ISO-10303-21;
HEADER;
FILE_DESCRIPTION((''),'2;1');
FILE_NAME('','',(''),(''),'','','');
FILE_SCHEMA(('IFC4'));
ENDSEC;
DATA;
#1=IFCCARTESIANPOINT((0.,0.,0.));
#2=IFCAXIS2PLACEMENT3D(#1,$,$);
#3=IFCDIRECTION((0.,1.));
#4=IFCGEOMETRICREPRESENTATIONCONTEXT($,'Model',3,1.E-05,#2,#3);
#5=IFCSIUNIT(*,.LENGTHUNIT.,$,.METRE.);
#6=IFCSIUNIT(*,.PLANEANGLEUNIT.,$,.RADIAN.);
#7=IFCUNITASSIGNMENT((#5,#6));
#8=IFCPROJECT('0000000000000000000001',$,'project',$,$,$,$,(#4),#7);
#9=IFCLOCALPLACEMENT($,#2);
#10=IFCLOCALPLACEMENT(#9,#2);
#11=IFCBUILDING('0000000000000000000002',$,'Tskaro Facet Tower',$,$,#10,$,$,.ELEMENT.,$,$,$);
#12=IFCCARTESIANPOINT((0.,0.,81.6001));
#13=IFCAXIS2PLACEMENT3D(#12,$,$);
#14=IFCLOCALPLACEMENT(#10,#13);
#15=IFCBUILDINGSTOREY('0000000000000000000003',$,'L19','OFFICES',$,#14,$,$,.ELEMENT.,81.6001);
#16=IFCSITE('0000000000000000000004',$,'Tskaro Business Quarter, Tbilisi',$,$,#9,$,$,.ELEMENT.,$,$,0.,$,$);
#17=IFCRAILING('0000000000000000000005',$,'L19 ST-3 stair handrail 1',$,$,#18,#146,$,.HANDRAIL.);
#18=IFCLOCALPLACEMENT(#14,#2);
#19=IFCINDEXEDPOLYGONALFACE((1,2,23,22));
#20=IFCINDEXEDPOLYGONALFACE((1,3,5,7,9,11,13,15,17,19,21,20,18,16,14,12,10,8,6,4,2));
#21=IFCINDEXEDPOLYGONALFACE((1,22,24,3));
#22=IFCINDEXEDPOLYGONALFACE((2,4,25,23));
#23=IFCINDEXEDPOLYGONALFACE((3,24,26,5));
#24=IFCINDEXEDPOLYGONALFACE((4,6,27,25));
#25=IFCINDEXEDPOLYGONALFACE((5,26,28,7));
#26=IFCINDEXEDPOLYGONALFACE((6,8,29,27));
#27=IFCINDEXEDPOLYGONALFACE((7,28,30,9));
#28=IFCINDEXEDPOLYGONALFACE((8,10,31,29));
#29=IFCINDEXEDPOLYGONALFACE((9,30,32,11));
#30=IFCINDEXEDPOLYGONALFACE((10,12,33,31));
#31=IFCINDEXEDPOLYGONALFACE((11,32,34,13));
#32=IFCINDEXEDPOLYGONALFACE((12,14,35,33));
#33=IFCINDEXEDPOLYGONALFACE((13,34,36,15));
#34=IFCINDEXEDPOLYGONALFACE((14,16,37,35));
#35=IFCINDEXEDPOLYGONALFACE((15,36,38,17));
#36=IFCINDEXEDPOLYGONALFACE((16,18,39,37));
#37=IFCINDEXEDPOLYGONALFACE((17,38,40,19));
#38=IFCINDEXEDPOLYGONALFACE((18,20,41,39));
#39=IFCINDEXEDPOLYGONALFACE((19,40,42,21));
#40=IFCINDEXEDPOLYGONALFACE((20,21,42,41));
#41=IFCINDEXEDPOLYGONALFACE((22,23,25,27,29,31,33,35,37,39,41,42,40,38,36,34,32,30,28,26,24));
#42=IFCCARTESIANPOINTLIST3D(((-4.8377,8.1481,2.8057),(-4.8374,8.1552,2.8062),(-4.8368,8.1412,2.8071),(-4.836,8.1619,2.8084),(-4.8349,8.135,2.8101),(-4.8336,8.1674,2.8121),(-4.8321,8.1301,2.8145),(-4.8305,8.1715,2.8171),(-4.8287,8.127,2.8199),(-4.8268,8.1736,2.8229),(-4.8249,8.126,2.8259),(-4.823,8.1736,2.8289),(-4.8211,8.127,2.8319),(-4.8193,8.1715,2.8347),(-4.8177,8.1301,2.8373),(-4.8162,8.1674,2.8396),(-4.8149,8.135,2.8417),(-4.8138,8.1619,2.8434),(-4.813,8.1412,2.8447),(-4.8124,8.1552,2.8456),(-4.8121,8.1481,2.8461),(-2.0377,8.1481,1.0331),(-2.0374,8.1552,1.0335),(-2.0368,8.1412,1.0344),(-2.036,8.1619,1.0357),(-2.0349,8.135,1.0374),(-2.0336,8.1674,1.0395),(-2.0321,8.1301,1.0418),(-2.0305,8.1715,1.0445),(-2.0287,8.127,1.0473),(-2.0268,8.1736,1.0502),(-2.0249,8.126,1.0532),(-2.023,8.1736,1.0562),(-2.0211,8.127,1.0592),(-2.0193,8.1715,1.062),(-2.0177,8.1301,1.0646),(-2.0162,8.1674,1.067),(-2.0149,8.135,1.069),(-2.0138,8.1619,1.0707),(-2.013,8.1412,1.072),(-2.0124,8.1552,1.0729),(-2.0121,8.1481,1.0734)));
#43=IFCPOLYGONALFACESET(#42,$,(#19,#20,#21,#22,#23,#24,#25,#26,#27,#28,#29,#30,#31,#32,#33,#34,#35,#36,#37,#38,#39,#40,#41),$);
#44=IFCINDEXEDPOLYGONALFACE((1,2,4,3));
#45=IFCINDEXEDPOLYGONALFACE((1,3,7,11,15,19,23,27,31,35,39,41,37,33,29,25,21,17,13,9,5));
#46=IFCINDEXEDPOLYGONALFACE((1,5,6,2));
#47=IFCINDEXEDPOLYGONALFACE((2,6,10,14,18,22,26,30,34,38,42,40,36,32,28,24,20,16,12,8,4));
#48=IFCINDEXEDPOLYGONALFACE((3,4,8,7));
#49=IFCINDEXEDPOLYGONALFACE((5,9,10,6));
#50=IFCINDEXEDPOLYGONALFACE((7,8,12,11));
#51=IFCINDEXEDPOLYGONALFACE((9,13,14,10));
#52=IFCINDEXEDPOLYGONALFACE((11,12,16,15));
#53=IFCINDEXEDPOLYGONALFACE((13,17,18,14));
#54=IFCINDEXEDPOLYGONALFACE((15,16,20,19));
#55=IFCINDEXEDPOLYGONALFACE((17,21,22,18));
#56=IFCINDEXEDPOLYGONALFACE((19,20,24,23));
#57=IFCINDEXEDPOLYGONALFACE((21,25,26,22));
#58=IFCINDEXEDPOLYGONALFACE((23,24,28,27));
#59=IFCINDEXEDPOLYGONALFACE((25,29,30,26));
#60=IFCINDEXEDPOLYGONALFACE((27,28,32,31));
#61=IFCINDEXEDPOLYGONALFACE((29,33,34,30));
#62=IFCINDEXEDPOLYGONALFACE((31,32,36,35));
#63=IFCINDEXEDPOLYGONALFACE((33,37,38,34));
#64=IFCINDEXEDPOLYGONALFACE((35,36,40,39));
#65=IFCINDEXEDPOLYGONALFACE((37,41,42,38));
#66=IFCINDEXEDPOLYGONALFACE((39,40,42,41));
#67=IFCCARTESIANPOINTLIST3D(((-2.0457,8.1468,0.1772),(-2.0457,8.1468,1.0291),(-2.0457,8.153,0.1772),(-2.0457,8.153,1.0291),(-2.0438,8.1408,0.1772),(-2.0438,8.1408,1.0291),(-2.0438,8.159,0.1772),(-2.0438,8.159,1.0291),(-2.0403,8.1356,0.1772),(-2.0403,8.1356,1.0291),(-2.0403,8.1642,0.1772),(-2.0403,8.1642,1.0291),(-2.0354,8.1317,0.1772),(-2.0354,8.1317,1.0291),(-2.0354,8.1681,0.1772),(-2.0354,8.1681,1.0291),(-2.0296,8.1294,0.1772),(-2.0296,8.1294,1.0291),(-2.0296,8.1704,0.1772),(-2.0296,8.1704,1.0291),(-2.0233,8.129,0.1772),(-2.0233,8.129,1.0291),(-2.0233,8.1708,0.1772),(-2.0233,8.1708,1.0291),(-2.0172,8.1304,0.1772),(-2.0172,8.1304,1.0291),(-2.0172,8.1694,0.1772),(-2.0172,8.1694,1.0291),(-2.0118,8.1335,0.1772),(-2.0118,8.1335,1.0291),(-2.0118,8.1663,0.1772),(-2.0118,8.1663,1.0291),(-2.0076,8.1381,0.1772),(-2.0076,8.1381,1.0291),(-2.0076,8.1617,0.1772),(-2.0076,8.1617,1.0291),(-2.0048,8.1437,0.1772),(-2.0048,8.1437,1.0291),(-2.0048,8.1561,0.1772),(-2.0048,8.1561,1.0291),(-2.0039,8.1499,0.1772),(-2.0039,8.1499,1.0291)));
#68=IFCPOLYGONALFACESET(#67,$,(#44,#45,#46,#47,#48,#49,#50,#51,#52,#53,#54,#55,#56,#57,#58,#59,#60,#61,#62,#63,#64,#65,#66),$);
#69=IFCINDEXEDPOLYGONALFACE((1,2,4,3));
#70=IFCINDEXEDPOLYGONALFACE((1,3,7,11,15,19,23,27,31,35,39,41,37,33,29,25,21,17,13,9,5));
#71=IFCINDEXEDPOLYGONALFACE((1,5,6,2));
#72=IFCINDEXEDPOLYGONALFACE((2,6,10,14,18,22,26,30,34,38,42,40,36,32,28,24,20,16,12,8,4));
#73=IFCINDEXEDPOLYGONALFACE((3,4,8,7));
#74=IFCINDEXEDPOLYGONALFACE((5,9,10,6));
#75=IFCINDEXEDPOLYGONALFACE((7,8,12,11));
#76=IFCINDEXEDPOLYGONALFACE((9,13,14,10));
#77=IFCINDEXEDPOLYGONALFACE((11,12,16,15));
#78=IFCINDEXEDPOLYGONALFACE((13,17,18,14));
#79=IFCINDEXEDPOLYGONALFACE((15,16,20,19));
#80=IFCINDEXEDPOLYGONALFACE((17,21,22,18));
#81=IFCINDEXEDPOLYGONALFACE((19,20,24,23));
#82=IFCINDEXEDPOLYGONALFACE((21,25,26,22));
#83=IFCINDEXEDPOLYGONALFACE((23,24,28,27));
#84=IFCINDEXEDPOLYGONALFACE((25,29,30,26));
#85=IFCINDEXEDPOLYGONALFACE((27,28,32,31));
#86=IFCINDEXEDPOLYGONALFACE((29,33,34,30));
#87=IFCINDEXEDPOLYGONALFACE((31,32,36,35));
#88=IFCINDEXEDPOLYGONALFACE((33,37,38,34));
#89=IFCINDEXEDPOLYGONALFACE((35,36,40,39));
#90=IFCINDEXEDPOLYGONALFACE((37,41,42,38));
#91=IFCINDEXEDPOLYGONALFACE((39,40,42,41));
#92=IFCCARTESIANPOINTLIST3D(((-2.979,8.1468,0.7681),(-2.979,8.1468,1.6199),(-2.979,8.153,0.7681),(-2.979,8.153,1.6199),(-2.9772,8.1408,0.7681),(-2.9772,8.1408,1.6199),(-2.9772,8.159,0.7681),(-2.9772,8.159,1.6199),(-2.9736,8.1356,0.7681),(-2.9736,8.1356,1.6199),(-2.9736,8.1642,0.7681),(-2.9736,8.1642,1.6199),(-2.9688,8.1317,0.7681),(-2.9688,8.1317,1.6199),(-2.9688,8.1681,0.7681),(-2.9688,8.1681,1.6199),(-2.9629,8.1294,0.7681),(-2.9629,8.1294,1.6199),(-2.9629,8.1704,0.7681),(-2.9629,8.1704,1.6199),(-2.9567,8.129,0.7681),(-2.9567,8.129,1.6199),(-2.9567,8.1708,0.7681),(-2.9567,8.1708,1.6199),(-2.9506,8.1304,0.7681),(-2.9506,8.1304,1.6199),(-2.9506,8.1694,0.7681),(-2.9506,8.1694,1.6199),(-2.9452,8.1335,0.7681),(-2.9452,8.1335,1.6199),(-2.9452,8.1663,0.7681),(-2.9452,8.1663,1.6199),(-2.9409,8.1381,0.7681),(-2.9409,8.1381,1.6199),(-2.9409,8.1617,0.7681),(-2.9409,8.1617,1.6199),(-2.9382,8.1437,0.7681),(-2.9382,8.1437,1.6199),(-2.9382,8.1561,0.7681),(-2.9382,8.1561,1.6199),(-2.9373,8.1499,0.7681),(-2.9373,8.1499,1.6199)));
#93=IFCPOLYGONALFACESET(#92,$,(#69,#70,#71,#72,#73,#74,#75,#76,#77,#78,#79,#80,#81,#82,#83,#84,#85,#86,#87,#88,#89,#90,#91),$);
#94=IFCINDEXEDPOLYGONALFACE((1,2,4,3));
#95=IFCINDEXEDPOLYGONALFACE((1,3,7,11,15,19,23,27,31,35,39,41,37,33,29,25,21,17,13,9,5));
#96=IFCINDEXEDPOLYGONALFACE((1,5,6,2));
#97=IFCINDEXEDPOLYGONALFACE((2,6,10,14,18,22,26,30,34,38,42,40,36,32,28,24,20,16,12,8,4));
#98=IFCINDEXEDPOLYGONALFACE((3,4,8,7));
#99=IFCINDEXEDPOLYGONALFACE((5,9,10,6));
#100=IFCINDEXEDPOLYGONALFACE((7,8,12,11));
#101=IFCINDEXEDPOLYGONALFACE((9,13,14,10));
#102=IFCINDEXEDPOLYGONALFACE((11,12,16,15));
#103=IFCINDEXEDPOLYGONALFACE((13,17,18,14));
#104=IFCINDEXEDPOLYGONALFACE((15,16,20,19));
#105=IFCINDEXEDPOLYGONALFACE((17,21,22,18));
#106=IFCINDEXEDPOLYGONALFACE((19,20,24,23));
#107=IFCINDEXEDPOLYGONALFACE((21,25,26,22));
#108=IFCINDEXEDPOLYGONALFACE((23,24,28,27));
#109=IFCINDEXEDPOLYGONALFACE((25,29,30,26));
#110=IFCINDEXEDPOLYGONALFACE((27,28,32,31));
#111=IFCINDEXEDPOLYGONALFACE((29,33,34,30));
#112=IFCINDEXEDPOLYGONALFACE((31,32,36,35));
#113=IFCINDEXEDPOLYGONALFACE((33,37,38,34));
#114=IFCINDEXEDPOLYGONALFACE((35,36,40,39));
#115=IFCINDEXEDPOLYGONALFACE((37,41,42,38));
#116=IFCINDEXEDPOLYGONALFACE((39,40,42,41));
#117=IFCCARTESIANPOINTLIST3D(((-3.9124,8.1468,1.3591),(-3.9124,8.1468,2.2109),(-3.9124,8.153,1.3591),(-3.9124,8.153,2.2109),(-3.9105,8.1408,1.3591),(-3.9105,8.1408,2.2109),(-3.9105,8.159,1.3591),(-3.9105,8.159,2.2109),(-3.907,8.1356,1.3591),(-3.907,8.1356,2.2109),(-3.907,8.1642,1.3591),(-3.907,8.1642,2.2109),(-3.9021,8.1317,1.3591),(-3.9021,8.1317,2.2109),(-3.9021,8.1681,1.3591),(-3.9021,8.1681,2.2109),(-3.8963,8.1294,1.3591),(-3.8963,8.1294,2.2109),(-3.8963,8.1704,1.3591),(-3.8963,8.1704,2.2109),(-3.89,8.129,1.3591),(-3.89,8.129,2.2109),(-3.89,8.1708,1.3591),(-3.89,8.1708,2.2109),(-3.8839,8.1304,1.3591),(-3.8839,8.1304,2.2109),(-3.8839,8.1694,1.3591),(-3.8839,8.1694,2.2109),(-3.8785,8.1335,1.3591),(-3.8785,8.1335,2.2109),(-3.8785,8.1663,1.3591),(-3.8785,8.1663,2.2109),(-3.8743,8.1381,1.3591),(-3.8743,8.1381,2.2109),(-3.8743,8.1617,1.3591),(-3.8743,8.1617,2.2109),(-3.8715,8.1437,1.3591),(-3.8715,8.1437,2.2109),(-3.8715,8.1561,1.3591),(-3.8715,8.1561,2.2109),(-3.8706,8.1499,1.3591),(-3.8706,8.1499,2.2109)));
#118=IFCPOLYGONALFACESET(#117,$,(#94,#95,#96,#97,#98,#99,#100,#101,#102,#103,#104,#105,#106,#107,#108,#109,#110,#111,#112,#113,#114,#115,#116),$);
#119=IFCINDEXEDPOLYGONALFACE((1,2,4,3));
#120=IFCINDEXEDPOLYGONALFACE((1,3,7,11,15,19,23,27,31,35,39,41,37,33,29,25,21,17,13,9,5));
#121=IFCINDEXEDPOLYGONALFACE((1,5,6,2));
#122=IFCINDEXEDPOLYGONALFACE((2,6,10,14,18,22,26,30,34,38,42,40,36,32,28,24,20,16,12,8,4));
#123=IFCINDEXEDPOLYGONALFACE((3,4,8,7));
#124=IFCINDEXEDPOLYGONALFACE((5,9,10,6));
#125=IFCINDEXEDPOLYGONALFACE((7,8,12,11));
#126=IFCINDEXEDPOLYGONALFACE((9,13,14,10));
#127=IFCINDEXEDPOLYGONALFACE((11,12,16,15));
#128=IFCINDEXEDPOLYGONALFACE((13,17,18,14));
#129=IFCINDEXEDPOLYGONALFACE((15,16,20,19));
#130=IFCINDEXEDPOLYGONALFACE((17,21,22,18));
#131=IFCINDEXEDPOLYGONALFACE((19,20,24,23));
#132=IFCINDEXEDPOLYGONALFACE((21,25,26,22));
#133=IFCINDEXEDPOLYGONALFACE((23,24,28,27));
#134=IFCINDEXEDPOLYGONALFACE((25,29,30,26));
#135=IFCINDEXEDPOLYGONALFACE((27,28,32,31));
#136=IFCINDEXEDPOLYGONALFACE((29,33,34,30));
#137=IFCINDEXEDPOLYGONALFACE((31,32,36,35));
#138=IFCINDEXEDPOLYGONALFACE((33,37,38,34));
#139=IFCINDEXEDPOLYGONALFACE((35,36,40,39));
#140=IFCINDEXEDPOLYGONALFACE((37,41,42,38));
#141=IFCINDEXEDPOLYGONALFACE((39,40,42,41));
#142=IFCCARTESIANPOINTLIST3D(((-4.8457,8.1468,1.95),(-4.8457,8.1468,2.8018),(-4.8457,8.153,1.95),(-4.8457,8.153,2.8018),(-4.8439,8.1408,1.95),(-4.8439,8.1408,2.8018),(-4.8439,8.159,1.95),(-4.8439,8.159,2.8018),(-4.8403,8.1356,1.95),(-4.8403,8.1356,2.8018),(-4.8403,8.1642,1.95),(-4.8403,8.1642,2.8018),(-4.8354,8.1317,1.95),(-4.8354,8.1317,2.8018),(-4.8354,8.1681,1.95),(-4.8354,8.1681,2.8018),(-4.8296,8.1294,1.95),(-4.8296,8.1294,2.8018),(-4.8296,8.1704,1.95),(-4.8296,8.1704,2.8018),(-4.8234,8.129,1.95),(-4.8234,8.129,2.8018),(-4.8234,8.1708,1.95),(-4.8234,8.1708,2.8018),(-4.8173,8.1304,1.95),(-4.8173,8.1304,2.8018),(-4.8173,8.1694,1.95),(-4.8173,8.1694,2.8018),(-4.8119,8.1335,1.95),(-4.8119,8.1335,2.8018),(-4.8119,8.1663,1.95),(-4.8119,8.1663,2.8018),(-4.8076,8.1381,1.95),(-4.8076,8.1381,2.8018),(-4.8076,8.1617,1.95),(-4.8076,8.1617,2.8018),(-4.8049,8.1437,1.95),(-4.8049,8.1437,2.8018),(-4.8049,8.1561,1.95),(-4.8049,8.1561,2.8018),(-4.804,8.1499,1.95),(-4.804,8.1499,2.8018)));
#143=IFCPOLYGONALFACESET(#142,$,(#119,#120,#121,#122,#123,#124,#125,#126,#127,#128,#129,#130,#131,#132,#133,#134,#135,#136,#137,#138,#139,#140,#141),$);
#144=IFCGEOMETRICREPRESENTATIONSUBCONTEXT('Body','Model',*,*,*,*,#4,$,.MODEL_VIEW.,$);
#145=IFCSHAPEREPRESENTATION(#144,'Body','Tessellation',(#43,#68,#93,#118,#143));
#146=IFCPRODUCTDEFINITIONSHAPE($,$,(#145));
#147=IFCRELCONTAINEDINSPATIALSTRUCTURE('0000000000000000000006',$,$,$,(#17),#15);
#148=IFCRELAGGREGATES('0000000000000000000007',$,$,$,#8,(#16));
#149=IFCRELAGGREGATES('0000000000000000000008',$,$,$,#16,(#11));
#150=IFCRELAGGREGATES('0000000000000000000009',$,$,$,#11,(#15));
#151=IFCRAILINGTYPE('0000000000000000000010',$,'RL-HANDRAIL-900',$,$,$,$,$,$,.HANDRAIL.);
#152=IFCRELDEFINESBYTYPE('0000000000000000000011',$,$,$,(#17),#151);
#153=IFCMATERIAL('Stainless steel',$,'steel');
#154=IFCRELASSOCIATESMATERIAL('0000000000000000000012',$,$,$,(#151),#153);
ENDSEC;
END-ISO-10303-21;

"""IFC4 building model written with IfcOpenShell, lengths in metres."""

from ifc_helpers import new_model, si_unit, direction, frame, origin, origin_2d, place, context, subcontext, project, spatial, circle, extrude, material, type_object, element, save


model = new_model("IFC4")

# Units and contexts
model_context = context("Model", 3, precision=1e-05, world=origin(), true_north=direction((0.0, 1.0)))
body_context = subcontext(model_context, "Body", "Model", "MODEL_VIEW")
ifc_project = project(units=[si_unit("LENGTHUNIT", "METRE"), si_unit("PLANEANGLEUNIT", "RADIAN")], contexts=[model_context])

# Site, building, storey
site_placement = place(None, origin())
site = spatial("IfcSite", under=ifc_project, at=site_placement, Name="Tskaro Business Quarter, Tbilisi", CompositionType="ELEMENT", RefElevation=0.0)
building_placement = place(site_placement, origin())
building = spatial("IfcBuilding", under=site, at=building_placement, Name="Tskaro Facet Tower", CompositionType="ELEMENT")
storey_placement = place(building_placement, frame((0.0, 0.0, 81.6001)))
storey = spatial("IfcBuildingStorey", under=building, at=storey_placement, Name="L19", Description="OFFICES", CompositionType="ELEMENT", Elevation=81.6001)

# Railing
ifc_material_1 = material(Name="Stainless steel", Category="steel")
railing_type_1 = type_object("IfcRailingType", Name="RL-HANDRAIL-900", PredefinedType="HANDRAIL", material=ifc_material_1)
railing_1_placement = place(storey_placement, frame((-2.0249, 8.1499, 0.1772)))
element("IfcRailing", 1, at=railing_1_placement, inside=storey, type_object=railing_type_1, Name="L19 ST-3 stair handrail 1", PredefinedType="HANDRAIL", context=body_context, shape_type="SweptSolid", body=[
    extrude(circle(Radius=0.0239, at=origin_2d()), frame((0.0, 0.0, 0.876), z_axis=(-0.844909, 0.0, 0.53491), x_axis=(0.0, -1.0, 0.0)), (0.0, 0.0, 1.0), 3.314),
    extrude(circle(Radius=0.021, at=origin_2d()), origin(), (0.0, 0.0, 1.0), 0.8518),
    extrude(circle(Radius=0.021, at=origin_2d()), frame((-0.9333, 0.0, 0.5908)), (0.0, 0.0, 1.0), 0.8518),
    extrude(circle(Radius=0.021, at=origin_2d()), frame((-1.8667, 0.0, 1.1819)), (0.0, 0.0, 1.0), 0.8518),
    extrude(circle(Radius=0.021, at=origin_2d()), frame((-2.8, 0.0, 1.7727)), (0.0, 0.0, 1.0), 0.8518),
])

save(model, "model.ifc")
